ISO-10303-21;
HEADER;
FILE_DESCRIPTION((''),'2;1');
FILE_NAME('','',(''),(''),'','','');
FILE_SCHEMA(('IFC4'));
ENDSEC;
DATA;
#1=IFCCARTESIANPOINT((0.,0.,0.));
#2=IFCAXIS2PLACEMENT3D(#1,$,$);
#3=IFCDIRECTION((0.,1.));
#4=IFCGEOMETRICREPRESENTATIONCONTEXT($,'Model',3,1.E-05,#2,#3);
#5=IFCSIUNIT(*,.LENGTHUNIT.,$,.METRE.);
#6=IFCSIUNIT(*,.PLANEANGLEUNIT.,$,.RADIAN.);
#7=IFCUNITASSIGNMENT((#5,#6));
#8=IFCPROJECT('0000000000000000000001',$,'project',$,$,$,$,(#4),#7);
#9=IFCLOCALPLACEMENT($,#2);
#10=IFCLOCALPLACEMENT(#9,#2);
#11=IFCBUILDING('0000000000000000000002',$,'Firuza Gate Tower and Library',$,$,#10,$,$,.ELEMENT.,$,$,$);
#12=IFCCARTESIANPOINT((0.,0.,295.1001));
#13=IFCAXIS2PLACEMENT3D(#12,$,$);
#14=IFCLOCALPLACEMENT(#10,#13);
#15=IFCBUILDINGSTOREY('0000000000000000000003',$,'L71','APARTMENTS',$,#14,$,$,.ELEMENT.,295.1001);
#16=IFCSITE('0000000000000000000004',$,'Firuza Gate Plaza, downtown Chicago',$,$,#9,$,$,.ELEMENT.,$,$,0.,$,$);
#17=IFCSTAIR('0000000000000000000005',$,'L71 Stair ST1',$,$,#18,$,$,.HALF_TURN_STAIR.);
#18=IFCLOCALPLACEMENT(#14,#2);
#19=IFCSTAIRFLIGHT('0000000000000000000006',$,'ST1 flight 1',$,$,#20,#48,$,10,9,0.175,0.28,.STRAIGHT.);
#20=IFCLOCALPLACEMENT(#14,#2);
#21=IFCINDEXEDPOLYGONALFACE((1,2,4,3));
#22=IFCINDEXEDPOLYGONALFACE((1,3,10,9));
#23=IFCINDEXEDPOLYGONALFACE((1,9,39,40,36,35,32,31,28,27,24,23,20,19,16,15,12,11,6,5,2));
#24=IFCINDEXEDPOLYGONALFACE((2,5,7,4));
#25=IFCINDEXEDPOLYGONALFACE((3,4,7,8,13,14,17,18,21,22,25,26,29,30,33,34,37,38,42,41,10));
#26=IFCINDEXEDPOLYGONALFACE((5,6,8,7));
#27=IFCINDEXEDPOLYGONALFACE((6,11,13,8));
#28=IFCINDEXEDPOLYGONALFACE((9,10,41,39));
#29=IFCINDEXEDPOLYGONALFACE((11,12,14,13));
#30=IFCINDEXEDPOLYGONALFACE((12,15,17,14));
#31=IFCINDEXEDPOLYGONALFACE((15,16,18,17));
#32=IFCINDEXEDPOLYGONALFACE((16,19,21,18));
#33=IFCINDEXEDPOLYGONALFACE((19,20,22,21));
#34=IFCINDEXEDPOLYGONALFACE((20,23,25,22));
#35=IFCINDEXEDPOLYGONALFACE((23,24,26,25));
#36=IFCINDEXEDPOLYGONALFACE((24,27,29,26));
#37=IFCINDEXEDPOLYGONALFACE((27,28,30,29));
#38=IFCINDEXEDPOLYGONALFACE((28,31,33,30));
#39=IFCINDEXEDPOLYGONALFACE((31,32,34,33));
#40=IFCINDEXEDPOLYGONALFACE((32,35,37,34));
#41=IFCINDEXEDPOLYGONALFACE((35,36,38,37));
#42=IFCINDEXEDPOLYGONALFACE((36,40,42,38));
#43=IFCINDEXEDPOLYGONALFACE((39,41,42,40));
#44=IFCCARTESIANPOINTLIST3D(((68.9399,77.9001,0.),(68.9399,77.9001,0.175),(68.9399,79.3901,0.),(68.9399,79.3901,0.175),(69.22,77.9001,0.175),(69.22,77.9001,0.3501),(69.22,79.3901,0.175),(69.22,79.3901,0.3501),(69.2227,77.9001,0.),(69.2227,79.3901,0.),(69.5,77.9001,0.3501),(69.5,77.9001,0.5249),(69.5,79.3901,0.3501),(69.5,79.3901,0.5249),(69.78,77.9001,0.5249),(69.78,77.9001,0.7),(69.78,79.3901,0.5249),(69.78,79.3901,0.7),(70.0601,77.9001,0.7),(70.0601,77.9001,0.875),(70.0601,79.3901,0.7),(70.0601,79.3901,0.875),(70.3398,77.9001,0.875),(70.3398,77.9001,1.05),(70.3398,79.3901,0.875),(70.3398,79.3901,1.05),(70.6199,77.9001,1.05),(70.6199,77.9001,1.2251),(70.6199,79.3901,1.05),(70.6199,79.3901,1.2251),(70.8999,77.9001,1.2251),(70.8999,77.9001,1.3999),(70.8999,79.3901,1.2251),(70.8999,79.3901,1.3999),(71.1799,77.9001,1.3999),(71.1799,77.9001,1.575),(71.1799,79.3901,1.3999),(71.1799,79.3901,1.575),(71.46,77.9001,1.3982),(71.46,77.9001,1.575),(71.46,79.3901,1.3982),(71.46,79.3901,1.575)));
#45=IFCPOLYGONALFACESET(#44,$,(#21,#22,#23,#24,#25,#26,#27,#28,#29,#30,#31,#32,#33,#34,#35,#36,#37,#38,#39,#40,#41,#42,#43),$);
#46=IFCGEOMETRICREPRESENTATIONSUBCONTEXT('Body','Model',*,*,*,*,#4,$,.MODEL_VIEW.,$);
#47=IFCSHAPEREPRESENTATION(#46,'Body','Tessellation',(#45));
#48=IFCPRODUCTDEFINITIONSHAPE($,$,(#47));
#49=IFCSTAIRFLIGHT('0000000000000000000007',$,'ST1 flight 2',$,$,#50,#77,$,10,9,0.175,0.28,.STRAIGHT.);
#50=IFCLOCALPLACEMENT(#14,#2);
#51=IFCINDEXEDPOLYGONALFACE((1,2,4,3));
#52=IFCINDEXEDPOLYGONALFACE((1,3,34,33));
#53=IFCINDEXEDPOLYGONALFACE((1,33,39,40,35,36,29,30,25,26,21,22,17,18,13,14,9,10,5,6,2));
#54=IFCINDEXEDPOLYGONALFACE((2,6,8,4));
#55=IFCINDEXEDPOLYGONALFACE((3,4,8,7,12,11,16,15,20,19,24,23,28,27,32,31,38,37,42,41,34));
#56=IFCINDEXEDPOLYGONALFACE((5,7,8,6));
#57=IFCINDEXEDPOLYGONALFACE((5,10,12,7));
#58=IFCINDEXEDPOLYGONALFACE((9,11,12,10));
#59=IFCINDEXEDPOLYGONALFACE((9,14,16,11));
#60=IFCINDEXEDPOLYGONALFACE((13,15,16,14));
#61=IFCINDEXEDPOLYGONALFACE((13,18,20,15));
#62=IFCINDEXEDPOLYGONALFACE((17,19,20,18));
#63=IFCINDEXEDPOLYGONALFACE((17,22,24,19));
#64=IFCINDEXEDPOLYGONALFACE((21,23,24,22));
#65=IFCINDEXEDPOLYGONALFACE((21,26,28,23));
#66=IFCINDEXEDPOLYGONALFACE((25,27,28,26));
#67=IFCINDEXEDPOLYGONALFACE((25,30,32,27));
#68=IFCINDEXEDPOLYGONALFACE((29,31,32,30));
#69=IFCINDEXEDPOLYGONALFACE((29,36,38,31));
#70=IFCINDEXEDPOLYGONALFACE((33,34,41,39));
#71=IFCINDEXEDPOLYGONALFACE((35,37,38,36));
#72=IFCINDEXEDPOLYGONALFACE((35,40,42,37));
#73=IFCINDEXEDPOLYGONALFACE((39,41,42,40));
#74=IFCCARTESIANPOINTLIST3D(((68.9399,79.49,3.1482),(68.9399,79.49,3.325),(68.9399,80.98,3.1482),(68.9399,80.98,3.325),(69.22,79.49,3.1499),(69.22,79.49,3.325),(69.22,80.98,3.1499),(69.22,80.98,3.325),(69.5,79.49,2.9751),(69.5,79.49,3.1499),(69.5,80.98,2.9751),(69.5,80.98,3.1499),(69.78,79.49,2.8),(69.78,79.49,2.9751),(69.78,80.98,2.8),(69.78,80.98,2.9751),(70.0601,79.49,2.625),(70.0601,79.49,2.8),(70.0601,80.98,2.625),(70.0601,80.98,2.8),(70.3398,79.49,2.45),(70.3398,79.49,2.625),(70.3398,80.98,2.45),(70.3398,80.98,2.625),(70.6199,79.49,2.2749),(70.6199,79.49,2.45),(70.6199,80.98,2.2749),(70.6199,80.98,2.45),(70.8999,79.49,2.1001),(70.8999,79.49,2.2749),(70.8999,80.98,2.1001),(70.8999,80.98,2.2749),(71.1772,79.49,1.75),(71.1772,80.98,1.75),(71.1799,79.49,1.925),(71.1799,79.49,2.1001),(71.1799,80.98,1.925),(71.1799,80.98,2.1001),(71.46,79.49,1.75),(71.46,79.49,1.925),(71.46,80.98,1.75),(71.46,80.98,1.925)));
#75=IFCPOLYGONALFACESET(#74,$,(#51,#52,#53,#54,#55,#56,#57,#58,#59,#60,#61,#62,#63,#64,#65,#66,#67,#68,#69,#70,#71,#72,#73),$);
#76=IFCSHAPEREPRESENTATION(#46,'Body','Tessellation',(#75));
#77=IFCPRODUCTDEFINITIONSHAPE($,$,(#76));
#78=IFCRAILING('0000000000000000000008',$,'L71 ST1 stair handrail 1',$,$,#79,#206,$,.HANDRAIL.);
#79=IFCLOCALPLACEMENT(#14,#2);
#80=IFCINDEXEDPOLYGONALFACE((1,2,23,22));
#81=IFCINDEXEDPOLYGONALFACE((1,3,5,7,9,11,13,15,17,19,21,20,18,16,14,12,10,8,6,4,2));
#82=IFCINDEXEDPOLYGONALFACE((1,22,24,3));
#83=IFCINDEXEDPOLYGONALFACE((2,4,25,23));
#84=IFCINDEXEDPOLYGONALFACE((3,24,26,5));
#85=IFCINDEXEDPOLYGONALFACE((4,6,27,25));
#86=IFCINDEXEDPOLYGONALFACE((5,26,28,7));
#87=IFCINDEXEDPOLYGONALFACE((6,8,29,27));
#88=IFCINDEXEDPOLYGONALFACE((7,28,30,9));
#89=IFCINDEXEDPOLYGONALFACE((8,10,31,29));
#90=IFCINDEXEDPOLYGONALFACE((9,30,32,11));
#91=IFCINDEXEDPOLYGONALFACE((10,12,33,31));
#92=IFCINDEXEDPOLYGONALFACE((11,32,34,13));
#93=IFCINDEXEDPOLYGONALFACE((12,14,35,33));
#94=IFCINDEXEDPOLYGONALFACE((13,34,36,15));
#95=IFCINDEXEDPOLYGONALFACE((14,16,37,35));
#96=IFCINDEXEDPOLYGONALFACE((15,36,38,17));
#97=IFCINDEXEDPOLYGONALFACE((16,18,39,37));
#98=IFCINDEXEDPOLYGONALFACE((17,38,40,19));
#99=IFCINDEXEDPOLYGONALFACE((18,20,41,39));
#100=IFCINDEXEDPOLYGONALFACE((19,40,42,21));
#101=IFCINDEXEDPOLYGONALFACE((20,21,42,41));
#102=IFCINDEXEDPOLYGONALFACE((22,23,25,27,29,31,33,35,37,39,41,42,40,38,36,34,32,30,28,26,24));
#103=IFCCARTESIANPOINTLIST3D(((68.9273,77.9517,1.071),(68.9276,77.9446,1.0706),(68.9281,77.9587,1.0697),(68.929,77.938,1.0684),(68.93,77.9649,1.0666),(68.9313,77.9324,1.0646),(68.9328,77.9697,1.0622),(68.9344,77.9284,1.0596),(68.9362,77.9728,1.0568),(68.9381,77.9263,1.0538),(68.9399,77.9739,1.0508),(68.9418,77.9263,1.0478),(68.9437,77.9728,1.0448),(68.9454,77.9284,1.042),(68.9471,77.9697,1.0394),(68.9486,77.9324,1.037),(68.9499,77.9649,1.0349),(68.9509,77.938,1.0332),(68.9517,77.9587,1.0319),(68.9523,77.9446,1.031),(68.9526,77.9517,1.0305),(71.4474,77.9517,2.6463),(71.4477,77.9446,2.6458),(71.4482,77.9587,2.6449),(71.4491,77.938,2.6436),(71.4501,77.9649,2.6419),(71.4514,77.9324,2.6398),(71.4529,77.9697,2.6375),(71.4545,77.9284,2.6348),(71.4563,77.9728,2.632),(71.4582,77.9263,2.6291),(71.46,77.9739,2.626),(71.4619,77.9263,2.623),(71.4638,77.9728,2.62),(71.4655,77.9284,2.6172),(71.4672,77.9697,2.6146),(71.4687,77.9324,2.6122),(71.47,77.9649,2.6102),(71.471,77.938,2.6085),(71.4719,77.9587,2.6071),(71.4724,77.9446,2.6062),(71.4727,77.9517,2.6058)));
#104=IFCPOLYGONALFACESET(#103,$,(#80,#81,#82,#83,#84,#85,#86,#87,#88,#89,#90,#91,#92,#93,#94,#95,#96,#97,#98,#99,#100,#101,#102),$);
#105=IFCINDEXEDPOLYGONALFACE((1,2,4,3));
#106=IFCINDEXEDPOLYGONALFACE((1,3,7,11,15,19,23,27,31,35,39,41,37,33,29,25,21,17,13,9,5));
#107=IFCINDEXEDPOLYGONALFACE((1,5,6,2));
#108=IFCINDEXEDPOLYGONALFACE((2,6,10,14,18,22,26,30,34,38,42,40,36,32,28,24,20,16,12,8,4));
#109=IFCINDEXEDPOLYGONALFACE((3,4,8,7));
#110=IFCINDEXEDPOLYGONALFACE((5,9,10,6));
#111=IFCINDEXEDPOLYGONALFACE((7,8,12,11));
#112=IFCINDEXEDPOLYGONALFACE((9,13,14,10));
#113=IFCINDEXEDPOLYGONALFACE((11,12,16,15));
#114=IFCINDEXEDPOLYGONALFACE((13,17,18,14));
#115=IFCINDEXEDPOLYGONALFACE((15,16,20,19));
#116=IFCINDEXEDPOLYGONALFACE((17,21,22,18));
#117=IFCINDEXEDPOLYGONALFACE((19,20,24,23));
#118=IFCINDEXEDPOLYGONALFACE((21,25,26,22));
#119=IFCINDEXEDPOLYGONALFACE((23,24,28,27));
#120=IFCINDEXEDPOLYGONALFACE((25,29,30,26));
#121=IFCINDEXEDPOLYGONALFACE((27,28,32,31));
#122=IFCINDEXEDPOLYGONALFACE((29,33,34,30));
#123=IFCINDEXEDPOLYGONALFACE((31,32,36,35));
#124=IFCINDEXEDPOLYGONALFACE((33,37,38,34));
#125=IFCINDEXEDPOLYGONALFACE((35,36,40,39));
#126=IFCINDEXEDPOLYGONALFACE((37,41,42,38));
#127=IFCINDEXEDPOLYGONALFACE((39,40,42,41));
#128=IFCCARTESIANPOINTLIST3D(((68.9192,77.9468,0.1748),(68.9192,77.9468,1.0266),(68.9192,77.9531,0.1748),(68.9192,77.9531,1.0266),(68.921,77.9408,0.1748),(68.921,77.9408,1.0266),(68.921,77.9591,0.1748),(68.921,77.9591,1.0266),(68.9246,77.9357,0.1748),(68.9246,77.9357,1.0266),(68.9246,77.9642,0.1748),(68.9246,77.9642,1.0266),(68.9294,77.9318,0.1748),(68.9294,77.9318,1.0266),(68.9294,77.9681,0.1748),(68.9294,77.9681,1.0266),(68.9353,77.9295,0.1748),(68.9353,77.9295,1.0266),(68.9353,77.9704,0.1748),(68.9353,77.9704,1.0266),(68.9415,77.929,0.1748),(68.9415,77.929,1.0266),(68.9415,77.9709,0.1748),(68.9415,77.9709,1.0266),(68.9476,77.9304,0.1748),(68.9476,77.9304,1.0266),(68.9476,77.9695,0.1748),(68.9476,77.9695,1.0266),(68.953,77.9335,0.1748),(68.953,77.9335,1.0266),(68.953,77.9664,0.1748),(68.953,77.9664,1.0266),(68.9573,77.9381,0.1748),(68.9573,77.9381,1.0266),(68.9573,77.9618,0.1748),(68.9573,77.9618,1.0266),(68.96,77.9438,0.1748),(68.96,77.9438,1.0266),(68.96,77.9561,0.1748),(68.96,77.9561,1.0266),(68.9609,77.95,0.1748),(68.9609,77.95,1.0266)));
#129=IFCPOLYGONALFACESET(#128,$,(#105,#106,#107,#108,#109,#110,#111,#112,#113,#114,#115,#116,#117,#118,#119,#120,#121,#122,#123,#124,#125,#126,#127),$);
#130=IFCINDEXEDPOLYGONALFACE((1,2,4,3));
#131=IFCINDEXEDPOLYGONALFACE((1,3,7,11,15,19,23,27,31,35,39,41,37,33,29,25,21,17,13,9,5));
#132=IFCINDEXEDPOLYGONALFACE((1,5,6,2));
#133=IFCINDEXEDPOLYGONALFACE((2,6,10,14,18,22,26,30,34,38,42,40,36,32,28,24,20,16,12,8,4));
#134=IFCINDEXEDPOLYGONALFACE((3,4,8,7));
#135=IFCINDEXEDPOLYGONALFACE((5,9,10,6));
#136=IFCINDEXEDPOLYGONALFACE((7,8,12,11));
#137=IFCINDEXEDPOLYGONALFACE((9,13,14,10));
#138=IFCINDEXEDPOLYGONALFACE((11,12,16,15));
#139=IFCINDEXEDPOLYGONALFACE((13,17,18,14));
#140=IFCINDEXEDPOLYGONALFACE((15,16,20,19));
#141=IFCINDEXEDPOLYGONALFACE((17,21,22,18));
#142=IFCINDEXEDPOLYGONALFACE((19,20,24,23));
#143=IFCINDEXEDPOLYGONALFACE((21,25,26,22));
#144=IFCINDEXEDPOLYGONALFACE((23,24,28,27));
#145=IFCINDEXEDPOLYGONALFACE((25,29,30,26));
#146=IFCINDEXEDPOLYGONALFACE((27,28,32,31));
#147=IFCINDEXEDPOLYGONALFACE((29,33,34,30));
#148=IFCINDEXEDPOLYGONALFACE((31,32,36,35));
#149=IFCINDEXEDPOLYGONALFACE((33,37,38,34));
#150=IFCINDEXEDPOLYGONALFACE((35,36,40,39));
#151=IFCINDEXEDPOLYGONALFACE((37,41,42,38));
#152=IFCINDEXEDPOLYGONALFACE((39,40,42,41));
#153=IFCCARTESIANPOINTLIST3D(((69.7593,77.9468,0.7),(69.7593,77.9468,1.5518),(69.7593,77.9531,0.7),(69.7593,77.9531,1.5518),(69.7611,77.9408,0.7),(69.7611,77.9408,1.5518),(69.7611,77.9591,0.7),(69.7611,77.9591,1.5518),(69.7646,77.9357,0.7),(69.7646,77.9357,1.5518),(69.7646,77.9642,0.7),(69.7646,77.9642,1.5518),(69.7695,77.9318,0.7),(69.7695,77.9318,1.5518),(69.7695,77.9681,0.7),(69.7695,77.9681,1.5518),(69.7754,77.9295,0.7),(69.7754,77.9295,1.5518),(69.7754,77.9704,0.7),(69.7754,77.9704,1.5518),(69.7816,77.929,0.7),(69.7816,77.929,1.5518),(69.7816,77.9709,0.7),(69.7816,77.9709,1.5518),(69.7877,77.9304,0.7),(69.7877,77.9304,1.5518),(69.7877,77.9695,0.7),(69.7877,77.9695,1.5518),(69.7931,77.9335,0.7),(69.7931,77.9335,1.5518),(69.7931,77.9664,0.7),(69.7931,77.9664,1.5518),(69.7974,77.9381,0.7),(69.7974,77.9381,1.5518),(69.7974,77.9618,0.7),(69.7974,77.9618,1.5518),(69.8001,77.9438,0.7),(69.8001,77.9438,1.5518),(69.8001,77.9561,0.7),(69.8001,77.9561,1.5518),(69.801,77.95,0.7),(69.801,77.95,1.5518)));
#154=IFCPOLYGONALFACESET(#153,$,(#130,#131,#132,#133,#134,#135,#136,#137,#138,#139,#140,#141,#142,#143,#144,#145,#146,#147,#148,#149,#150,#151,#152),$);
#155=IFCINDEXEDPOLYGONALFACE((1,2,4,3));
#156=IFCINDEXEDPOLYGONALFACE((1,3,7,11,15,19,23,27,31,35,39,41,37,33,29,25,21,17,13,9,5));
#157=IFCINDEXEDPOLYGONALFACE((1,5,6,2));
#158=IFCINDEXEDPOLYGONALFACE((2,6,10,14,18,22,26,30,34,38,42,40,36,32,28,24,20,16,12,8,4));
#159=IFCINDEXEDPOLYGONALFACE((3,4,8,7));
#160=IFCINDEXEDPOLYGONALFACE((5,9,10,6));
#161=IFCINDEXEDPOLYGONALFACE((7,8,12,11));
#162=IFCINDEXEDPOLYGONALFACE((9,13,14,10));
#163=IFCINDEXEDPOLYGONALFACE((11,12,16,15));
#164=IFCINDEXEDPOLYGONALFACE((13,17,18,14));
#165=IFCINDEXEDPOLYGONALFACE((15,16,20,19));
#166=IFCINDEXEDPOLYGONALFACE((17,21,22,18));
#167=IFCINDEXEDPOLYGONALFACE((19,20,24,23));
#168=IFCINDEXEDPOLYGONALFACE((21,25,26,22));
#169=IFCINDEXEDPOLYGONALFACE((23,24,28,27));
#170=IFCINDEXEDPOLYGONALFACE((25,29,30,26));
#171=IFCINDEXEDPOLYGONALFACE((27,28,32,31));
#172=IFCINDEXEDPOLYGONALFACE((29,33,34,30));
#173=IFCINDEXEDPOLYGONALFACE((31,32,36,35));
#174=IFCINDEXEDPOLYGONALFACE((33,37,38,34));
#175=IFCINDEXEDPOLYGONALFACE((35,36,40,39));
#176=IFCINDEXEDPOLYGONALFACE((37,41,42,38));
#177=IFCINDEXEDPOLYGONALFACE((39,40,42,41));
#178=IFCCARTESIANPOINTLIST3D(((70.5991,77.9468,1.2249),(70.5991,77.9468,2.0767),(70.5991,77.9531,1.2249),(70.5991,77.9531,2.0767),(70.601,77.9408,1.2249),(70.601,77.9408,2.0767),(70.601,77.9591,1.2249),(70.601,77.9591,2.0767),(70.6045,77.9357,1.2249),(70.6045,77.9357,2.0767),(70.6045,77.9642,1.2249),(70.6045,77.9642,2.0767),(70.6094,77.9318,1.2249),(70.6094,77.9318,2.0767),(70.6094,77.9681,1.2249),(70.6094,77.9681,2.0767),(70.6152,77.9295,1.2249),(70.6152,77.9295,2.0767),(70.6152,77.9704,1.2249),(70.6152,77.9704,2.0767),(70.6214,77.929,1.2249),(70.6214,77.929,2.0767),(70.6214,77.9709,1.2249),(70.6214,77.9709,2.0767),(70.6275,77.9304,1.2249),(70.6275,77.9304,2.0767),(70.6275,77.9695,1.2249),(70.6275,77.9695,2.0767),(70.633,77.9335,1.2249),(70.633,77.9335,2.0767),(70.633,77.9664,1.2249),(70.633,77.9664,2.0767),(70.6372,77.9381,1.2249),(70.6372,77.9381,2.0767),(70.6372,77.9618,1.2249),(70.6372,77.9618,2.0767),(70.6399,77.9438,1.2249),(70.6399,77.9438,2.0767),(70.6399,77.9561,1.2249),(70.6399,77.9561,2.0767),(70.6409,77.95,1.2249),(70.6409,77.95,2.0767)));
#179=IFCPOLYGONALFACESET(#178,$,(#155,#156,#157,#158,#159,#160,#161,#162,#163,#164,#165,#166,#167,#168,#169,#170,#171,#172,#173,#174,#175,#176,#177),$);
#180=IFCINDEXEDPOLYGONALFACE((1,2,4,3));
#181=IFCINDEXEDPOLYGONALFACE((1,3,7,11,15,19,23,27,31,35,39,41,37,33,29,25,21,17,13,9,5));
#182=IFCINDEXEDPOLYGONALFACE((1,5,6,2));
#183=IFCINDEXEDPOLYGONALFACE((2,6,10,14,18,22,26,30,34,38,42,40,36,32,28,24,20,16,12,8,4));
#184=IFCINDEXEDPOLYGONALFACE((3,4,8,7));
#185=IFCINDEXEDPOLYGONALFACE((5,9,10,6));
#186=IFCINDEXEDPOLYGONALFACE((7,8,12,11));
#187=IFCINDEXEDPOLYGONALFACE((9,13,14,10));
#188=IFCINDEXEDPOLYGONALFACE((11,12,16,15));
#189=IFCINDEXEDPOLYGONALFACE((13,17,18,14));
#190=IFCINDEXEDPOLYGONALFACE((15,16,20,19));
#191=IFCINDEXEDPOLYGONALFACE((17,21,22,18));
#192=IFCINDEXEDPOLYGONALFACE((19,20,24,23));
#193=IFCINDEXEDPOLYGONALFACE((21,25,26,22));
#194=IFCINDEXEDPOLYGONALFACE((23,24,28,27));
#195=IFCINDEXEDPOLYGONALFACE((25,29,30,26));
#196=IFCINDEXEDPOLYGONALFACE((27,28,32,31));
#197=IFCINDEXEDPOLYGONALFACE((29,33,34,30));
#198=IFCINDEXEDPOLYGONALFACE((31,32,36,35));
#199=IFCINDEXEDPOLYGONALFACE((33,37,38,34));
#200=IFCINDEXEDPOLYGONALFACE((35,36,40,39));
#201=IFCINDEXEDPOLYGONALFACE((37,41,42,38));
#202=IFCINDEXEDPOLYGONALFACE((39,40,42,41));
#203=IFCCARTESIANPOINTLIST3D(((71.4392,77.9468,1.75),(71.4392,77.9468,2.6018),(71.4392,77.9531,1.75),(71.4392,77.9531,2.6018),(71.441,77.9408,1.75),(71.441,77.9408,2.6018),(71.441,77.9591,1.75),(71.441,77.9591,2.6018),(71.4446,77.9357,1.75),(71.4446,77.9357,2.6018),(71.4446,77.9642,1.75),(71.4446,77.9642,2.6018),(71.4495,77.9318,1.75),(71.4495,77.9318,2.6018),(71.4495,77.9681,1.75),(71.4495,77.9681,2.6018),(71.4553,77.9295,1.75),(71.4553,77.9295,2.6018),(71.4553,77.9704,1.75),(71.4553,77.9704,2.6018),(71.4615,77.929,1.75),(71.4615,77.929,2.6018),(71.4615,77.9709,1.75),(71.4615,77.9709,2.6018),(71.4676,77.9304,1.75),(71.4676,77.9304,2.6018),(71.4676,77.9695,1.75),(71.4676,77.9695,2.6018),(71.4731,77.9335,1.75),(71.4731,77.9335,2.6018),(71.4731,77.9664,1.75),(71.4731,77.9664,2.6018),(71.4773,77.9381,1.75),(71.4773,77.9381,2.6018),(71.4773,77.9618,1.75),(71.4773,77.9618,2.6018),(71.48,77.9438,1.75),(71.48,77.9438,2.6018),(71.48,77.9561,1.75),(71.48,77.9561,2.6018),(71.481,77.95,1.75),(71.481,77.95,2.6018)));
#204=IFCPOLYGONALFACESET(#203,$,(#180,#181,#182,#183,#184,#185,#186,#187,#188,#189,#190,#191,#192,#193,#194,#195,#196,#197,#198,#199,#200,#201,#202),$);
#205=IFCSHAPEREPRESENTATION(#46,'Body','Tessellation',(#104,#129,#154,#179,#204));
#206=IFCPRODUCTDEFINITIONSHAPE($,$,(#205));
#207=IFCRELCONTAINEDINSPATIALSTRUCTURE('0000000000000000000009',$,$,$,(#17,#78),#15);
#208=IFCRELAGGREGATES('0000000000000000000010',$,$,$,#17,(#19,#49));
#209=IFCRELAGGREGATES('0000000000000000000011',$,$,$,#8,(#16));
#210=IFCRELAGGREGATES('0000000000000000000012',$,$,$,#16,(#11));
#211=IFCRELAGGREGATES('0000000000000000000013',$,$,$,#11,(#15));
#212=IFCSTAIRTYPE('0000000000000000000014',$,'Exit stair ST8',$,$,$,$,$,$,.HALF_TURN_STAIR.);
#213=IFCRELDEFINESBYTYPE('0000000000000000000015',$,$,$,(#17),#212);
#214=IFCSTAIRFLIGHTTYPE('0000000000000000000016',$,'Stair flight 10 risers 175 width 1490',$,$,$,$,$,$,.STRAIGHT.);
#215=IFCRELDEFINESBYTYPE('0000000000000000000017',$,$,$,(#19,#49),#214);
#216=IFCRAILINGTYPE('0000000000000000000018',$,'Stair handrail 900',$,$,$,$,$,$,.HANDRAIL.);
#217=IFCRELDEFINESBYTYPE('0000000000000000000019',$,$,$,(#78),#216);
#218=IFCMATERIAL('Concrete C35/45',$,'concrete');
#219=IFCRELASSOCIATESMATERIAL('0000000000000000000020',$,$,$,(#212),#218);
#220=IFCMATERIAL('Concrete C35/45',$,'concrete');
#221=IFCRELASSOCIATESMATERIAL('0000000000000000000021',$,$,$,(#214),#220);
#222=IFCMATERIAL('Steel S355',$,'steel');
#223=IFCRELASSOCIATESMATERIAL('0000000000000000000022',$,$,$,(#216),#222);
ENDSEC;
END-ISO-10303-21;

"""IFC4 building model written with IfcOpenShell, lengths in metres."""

from ifc_helpers import new_model, si_unit, direction, frame, origin, origin_2d, place, context, subcontext, project, spatial, polyline, circle, outline, extrude, material, type_object, element, aggregate, save


model = new_model("IFC4")

# Units and contexts
model_context = context("Model", 3, precision=1e-05, world=origin(), true_north=direction((0.0, 1.0)))
body_context = subcontext(model_context, "Body", "Model", "MODEL_VIEW")
ifc_project = project(units=[si_unit("LENGTHUNIT", "METRE"), si_unit("PLANEANGLEUNIT", "RADIAN")], contexts=[model_context])

# Site, building, storey
site_placement = place(None, origin())
site = spatial("IfcSite", under=ifc_project, at=site_placement, Name="Firuza Gate Plaza, downtown Chicago", CompositionType="ELEMENT", RefElevation=0.0)
building_placement = place(site_placement, origin())
building = spatial("IfcBuilding", under=site, at=building_placement, Name="Firuza Gate Tower and Library", CompositionType="ELEMENT")
storey_placement = place(building_placement, frame((0.0, 0.0, 295.1001)))
storey = spatial("IfcBuildingStorey", under=building, at=storey_placement, Name="L71", Description="APARTMENTS", CompositionType="ELEMENT", Elevation=295.1001)

# Stair, stair flights
ifc_material_1 = material(Name="Concrete C35/45", Category="concrete")
stair_type = type_object("IfcStairType", Name="Exit stair ST8", PredefinedType="HALF_TURN_STAIR", material=ifc_material_1)
stair_placement = place(storey_placement, origin())
stair = element("IfcStair", 1, at=stair_placement, inside=storey, type_object=stair_type, Name="L71 Stair ST1", PredefinedType="HALF_TURN_STAIR")
ifc_material_2 = material(Name="Concrete C35/45", Category="concrete")
stair_flight_type = type_object("IfcStairFlightType", Name="Stair flight 10 risers 175 width 1490", PredefinedType="STRAIGHT", material=ifc_material_2)
stair_flight_1_placement = place(storey_placement, frame((68.9399, 78.645, 0.0), z_axis=(0.0, 0.0, 1.0), x_axis=(1.0, 0.0, 0.0)))
stair_flight_1 = element("IfcStairFlight", 2, at=stair_flight_1_placement, type_object=stair_flight_type, Name="ST1 flight 1", NumberOfRisers=10, NumberOfTreads=9, PredefinedType="STRAIGHT", RiserHeight=0.175, TreadLength=0.28, context=body_context, shape_type="SweptSolid", body=[
    extrude(outline(polyline([(0.0, 0.0), (0.0, 0.175), (0.28, 0.175), (0.28, 0.3501), (0.5601, 0.3501), (0.5601, 0.5249), (0.8401, 0.5249), (0.8401, 0.7), (1.1201, 0.7), (1.1201, 0.875), (1.3999, 0.875), (1.3999, 1.05), (1.6799, 1.05), (1.6799, 1.2251), (1.96, 1.2251), (1.96, 1.3999), (2.24, 1.3999), (2.24, 1.575), (2.52, 1.575), (2.52, 1.75), (2.52, 1.3982), (0.2827, 0.0), (0.0, 0.0)])), frame((0.0, 0.7451, 0.0), z_axis=(0.0, -1.0, 0.0), x_axis=(1.0, 0.0, 0.0)), (0.0, 0.0, 1.0), 1.49),
])
stair_flight_2_placement = place(storey_placement, frame((71.46, 80.2351, 1.75), z_axis=(0.0, 0.0, 1.0), x_axis=(-1.0, 0.0, 0.0)))
stair_flight_2 = element("IfcStairFlight", 3, at=stair_flight_2_placement, type_object=stair_flight_type, Name="ST1 flight 2", NumberOfRisers=10, NumberOfTreads=9, PredefinedType="STRAIGHT", RiserHeight=0.175, TreadLength=0.28, context=body_context, shape_type="SweptSolid", body=[
    extrude(outline(polyline([(0.0, 0.0), (0.0, 0.175), (0.28, 0.175), (0.28, 0.3501), (0.5601, 0.3501), (0.5601, 0.5249), (0.8401, 0.5249), (0.8401, 0.7), (1.1201, 0.7), (1.1201, 0.875), (1.3999, 0.875), (1.3999, 1.05), (1.6799, 1.05), (1.6799, 1.2251), (1.96, 1.2251), (1.96, 1.3999), (2.24, 1.3999), (2.24, 1.575), (2.52, 1.575), (2.52, 1.75), (2.52, 1.3982), (0.2827, 0.0), (0.0, 0.0)])), frame((0.0, 0.7451, 0.0), z_axis=(0.0, -1.0, 0.0), x_axis=(1.0, 0.0, 0.0)), (0.0, 0.0, 1.0), 1.49),
])
aggregate(stair, [stair_flight_1, stair_flight_2])

# Railing
ifc_material_3 = material(Name="Steel S355", Category="steel")
railing_type_1 = type_object("IfcRailingType", Name="Stair handrail 900", PredefinedType="HANDRAIL", material=ifc_material_3)
railing_1_placement = place(storey_placement, frame((68.9399, 77.95, 0.1748)))
element("IfcRailing", 4, at=railing_1_placement, inside=storey, type_object=railing_type_1, Name="L71 ST1 stair handrail 1", PredefinedType="HANDRAIL", context=body_context, shape_type="SweptSolid", body=[
    extrude(circle(Radius=0.0239, at=origin_2d()), frame((0.0, 0.0, 0.876), z_axis=(0.847971, 0.0, 0.530043), x_axis=(0.0, 1.0, 0.0)), (0.0, 0.0, 1.0), 2.9719),
    extrude(circle(Radius=0.021, at=origin_2d()), origin(), (0.0, 0.0, 1.0), 0.8518),
    extrude(circle(Radius=0.021, at=origin_2d()), frame((0.8401, 0.0, 0.5251)), (0.0, 0.0, 1.0), 0.8518),
    extrude(circle(Radius=0.021, at=origin_2d()), frame((1.6799, 0.0, 1.05)), (0.0, 0.0, 1.0), 0.8518),
    extrude(circle(Radius=0.021, at=origin_2d()), frame((2.52, 0.0, 1.5752)), (0.0, 0.0, 1.0), 0.8518),
])

save(model, "model.ifc")
